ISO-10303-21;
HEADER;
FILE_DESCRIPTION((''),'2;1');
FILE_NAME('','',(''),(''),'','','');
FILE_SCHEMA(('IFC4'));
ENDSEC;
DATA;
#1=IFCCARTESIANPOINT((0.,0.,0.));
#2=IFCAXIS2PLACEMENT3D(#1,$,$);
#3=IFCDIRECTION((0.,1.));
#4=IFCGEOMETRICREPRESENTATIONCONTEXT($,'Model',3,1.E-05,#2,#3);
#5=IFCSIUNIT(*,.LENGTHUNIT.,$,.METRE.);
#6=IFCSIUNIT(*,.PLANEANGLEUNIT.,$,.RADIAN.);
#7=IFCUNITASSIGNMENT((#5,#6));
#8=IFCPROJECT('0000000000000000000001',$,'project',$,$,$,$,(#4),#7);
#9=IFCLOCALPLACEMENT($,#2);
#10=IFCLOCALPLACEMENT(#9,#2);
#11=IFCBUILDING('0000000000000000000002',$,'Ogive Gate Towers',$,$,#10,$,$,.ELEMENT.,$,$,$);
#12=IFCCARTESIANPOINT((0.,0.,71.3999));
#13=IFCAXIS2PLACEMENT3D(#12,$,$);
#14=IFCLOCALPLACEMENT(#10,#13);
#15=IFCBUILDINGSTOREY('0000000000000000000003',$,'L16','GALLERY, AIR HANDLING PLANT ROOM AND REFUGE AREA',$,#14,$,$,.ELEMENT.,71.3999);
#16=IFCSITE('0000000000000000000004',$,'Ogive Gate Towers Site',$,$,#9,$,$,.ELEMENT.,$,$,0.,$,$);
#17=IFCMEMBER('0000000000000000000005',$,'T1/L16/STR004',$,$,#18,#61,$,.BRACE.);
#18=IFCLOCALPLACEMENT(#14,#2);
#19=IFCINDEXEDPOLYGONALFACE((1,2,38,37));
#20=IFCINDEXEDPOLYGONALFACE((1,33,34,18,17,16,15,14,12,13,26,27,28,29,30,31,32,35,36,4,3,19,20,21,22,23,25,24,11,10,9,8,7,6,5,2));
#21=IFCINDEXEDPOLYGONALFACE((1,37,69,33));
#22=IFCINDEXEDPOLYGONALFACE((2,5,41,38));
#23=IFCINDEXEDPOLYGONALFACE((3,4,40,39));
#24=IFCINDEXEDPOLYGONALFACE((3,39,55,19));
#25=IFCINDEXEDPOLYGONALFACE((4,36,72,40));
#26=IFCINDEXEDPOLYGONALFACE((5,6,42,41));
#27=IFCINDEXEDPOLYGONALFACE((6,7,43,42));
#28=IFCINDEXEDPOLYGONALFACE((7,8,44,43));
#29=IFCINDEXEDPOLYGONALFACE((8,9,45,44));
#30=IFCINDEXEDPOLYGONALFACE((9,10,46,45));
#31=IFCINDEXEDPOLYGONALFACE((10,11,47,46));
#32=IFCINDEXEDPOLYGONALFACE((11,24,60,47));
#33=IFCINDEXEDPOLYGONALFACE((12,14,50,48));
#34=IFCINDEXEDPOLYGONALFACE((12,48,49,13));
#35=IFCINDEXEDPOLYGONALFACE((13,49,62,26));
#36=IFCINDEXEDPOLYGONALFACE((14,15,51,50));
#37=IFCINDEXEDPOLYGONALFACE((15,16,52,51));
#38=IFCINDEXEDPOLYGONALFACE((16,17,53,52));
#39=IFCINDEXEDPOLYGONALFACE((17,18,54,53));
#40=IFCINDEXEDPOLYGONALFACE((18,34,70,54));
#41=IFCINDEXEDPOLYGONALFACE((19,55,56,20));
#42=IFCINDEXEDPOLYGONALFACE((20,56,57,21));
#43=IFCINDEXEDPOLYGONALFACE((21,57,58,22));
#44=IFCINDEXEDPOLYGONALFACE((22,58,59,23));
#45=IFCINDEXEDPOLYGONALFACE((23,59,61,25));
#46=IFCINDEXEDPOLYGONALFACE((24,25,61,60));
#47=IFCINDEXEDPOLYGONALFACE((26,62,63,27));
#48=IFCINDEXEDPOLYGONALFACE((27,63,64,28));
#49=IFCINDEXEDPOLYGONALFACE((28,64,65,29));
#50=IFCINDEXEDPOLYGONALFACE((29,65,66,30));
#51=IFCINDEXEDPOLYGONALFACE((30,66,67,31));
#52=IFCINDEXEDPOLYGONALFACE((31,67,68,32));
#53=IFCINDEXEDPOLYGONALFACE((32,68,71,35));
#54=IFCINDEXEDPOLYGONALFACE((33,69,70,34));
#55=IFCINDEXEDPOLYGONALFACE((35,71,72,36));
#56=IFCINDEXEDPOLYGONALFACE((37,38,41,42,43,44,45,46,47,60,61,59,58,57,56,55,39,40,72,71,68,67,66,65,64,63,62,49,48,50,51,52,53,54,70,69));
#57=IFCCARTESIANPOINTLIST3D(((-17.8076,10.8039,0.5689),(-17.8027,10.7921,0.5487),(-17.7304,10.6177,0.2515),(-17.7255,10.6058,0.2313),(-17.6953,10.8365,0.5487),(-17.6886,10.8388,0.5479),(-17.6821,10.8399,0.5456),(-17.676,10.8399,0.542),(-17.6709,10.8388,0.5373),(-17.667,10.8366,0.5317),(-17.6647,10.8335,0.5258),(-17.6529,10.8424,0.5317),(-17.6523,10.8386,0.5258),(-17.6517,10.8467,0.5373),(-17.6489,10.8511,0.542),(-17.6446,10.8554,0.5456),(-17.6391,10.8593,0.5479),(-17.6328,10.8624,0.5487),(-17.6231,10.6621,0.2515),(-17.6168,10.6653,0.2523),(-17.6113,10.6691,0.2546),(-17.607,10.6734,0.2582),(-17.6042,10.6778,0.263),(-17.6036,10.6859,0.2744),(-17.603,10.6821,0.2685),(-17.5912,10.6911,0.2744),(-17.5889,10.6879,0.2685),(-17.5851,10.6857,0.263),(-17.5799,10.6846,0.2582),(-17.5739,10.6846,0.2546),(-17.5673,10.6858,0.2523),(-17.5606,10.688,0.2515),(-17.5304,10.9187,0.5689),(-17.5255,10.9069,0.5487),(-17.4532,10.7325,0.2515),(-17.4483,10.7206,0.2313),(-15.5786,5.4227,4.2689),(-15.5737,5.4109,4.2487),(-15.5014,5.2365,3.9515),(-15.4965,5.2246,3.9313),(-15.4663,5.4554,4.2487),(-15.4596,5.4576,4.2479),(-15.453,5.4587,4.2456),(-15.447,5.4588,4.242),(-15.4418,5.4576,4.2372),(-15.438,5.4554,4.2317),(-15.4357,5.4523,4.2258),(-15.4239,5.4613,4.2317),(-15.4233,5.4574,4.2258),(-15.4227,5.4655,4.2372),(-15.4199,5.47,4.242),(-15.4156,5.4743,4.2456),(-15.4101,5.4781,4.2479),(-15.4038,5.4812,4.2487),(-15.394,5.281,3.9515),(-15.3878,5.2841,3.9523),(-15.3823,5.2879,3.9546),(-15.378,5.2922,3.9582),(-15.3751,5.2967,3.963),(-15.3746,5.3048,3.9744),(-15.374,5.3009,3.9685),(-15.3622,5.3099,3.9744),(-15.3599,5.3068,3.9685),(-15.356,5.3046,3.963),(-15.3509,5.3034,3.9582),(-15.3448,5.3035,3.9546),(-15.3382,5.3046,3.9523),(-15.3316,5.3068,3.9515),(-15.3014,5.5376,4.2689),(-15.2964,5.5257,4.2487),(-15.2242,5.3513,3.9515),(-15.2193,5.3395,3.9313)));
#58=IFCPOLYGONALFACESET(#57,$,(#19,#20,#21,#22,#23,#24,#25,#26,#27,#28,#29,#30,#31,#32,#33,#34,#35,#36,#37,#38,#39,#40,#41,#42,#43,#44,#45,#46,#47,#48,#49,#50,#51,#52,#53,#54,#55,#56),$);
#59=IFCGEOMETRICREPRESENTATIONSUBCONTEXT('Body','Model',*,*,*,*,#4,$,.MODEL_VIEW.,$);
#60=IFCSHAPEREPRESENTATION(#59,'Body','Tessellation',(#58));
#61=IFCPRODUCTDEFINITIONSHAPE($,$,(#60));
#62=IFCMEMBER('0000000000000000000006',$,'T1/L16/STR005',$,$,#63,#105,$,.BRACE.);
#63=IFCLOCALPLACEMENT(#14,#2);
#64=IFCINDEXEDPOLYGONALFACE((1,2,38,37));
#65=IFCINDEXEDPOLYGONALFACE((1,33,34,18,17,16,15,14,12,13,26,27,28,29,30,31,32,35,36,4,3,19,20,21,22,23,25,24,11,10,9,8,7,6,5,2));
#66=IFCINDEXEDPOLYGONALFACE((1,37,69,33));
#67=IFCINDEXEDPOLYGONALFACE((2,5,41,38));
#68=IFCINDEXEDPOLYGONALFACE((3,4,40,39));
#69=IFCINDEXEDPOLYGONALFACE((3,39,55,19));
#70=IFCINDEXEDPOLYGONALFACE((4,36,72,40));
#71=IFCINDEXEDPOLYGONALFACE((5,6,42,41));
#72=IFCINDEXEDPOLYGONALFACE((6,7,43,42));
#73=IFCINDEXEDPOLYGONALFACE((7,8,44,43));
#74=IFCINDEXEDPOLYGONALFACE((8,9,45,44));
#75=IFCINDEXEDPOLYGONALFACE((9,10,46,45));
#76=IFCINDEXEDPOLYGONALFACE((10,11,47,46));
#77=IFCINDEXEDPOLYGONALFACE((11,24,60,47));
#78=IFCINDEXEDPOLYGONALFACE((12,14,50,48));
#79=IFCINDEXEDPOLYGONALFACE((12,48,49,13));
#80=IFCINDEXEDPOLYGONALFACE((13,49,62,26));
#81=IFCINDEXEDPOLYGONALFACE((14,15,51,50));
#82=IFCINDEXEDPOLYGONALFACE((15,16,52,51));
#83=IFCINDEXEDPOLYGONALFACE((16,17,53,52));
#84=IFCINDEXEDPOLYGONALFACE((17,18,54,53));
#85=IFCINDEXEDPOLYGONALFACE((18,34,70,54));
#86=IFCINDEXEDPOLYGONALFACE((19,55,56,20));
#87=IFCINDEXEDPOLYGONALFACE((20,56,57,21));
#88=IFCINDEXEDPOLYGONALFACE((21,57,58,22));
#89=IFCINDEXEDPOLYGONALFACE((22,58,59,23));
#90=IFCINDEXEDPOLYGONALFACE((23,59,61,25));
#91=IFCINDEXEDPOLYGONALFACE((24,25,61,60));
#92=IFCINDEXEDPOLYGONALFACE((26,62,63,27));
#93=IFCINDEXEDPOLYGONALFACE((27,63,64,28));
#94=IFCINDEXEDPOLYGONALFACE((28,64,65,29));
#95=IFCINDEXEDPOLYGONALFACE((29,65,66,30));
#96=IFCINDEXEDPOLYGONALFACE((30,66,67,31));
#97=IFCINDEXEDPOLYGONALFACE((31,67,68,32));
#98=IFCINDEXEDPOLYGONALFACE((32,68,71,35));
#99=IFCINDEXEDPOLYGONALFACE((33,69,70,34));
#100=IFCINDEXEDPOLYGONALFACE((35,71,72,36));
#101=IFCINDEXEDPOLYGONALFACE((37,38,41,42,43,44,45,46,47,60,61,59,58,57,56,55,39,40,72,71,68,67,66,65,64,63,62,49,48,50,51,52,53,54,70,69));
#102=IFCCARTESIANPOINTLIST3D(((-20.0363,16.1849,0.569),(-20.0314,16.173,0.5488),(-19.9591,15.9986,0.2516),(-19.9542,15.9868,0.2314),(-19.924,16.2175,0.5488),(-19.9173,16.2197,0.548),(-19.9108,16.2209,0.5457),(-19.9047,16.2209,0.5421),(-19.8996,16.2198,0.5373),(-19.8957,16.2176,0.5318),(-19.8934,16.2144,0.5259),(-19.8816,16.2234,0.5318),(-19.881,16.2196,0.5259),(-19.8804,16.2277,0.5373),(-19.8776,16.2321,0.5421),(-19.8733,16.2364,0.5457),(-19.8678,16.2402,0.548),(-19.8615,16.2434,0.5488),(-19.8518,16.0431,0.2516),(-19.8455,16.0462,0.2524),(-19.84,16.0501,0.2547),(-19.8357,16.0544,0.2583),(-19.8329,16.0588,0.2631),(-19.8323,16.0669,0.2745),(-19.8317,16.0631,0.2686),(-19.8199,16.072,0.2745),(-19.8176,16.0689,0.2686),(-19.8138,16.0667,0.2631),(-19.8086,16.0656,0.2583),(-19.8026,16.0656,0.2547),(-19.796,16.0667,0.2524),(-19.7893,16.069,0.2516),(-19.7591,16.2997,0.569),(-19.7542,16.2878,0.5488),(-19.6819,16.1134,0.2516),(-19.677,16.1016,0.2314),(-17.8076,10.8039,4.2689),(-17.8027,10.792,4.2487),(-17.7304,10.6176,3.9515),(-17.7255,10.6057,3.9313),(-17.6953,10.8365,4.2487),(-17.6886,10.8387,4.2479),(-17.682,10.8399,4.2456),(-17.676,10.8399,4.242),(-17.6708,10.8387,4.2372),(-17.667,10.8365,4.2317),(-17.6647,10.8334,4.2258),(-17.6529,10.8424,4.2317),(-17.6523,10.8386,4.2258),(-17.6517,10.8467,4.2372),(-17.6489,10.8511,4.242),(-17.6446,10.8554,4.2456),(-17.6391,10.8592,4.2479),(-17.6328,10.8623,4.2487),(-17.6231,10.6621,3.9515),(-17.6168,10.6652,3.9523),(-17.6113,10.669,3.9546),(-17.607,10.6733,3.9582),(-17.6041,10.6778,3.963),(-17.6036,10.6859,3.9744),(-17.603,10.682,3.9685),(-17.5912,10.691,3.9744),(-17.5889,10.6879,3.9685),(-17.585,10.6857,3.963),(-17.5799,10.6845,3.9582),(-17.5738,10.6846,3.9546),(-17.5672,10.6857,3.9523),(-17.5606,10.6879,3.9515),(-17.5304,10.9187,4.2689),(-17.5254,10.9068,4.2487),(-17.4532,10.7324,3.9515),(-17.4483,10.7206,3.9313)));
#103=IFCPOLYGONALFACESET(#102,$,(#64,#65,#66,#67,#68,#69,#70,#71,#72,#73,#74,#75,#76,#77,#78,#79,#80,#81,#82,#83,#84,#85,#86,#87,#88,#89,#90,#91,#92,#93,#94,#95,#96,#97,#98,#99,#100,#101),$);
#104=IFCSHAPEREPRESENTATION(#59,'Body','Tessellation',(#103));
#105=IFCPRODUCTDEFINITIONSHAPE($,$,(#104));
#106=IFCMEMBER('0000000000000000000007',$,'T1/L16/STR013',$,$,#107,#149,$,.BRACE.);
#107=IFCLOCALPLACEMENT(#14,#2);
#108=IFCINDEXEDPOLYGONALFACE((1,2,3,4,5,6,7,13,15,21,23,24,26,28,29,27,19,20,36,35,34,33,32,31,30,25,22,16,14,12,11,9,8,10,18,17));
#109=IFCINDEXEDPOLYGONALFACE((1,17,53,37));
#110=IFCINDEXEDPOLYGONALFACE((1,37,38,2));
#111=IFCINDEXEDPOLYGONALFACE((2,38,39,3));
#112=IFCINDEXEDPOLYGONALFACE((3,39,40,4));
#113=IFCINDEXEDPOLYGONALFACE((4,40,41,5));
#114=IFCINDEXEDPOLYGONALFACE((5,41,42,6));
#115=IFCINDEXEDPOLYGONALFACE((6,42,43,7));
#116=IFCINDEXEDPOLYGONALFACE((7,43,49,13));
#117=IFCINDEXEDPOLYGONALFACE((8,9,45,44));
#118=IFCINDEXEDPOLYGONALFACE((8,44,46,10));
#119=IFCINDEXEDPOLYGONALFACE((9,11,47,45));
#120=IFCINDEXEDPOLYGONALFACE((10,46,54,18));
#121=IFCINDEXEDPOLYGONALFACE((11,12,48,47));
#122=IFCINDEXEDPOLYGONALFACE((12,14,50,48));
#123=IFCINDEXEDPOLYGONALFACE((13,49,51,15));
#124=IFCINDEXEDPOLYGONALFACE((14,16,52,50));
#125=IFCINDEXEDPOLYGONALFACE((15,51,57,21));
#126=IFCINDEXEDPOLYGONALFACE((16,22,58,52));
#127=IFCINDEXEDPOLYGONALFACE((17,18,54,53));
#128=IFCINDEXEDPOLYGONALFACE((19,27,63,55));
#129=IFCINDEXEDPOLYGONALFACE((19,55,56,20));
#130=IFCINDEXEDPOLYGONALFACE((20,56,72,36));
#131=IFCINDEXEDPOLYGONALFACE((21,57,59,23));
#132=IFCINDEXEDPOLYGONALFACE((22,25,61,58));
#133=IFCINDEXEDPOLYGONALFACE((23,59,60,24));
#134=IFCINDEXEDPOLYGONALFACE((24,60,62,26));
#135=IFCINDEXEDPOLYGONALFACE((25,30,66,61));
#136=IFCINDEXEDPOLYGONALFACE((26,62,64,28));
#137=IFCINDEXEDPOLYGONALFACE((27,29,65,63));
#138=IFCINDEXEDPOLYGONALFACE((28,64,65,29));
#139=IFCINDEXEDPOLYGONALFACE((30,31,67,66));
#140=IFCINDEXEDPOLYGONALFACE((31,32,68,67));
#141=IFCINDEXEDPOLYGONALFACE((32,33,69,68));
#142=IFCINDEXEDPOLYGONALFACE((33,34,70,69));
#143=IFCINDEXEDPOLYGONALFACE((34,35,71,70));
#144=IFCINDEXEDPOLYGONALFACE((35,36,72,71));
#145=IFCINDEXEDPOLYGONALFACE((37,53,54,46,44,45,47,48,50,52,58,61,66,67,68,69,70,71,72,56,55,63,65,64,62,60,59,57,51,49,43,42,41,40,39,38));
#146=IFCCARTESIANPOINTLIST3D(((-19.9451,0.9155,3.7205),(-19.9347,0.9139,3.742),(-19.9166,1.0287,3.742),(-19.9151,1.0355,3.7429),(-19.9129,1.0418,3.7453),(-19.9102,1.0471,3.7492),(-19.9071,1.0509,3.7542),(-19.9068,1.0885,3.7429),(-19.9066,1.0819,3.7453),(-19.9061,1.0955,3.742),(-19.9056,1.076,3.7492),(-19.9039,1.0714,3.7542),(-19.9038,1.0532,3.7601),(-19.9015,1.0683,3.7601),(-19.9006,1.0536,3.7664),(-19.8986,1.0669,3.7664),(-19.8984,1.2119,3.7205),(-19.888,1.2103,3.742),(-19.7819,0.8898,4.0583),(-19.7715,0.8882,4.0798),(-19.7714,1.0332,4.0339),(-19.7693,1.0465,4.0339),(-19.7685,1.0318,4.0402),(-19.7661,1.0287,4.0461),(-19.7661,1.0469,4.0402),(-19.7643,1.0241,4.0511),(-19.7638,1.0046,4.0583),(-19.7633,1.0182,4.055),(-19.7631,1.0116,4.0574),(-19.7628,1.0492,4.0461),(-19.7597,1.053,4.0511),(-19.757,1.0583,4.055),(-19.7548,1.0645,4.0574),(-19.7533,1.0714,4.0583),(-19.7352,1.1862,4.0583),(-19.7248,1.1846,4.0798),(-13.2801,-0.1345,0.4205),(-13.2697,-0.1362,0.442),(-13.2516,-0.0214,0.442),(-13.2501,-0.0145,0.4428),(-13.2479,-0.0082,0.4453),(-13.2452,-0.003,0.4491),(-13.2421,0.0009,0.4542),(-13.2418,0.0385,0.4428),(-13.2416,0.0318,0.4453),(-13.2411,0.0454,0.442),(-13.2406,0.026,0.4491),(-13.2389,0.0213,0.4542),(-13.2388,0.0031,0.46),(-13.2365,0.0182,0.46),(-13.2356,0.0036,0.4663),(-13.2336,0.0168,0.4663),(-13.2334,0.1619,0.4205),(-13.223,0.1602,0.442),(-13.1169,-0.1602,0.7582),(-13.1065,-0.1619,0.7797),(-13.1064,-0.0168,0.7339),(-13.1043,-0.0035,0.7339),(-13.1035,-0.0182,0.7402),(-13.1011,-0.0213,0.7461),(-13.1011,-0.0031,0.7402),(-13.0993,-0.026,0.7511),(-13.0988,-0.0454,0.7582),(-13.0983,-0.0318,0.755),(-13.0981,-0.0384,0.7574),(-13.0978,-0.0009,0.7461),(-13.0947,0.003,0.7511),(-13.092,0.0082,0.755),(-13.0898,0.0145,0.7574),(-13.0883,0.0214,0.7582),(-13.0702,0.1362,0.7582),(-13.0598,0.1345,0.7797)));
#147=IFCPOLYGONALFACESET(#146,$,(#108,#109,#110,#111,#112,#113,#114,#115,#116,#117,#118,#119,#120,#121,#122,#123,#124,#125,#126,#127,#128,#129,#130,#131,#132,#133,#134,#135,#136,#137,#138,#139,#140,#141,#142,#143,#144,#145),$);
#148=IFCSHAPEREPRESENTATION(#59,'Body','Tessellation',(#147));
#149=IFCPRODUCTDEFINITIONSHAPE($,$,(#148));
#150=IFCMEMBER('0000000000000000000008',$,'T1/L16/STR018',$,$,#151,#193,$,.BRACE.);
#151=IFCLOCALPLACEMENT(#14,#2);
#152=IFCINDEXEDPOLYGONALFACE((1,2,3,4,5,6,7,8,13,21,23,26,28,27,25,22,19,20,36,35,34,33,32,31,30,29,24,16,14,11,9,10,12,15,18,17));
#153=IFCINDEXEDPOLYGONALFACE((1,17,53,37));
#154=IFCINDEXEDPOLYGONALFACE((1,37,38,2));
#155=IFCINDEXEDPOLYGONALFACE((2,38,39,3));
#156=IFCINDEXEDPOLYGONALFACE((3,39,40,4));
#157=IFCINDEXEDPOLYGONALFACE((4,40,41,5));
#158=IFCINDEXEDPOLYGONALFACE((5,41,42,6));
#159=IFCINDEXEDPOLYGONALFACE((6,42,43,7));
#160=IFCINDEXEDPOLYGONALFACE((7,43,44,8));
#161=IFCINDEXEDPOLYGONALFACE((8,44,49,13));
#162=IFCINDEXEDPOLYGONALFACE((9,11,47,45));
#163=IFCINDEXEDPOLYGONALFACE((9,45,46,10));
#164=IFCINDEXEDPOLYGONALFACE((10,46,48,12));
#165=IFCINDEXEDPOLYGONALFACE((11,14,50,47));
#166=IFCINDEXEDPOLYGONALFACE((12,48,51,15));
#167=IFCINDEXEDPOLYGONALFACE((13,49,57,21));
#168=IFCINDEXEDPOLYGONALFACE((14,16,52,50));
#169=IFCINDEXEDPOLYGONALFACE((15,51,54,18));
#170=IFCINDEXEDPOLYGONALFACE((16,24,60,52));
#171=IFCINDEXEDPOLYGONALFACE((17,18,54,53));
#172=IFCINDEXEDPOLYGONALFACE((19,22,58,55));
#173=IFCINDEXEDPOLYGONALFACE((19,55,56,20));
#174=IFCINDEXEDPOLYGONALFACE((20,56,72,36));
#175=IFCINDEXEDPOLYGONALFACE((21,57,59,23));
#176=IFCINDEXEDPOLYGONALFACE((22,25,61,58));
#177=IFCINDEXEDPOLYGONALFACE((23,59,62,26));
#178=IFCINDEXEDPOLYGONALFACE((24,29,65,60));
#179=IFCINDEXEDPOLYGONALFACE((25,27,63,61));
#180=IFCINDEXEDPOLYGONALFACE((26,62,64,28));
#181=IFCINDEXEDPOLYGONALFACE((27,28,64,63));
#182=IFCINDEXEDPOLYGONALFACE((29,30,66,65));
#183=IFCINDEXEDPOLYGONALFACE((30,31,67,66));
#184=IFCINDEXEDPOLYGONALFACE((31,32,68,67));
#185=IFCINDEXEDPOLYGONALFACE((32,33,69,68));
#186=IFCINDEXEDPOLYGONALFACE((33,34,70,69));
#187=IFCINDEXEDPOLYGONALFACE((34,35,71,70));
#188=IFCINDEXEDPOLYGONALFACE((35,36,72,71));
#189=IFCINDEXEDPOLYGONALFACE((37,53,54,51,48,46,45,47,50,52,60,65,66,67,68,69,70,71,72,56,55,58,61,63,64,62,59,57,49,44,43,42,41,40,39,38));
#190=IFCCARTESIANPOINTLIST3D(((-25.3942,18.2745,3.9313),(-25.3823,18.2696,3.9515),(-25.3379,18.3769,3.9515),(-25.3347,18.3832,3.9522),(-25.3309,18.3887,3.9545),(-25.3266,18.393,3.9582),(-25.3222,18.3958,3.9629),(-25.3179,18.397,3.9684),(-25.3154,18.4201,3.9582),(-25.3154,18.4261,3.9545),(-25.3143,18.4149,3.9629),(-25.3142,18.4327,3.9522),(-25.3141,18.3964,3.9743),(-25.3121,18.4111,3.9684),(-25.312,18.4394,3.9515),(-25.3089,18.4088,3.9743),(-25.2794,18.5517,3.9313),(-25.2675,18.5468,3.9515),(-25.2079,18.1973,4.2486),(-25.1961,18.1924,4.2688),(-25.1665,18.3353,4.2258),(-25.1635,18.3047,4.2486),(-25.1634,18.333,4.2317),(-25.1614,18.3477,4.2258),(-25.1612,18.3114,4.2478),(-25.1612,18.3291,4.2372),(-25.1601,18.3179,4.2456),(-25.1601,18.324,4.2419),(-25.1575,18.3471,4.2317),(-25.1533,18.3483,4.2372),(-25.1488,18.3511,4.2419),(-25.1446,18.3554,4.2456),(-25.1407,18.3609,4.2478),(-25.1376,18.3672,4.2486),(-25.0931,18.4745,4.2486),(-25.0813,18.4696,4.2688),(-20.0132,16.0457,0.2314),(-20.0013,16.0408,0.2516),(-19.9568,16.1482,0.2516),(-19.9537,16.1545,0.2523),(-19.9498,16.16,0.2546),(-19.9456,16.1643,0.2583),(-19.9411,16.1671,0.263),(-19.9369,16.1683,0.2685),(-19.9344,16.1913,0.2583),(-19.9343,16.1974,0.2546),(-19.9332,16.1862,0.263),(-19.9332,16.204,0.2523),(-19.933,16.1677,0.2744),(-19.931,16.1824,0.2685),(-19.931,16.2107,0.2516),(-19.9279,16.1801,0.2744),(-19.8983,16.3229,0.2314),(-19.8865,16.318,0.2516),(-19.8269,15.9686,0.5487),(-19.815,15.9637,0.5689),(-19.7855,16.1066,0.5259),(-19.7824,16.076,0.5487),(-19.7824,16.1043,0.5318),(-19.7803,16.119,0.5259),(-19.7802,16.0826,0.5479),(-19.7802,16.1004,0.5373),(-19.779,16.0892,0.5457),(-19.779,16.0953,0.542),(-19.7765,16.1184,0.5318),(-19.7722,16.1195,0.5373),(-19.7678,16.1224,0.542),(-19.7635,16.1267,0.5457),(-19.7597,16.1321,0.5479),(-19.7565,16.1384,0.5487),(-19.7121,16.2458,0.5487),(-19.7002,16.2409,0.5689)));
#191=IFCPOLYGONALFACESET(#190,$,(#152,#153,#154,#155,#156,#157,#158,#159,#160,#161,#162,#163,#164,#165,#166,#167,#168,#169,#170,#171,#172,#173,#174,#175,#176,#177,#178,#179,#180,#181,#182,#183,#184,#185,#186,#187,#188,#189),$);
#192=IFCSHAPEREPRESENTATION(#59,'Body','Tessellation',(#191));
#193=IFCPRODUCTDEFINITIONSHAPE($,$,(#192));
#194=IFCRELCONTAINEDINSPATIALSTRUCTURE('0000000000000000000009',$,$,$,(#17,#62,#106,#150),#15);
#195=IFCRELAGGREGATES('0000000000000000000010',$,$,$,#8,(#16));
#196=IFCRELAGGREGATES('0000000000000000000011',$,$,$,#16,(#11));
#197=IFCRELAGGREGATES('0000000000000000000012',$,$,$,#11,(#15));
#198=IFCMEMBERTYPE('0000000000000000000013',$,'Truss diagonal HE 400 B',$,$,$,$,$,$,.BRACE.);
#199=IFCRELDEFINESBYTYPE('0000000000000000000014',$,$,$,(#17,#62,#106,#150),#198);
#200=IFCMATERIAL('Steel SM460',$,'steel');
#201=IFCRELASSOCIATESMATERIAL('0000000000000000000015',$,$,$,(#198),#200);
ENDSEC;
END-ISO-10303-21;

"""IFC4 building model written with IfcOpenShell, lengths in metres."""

from ifc_helpers import new_model, si_unit, direction, frame, origin, origin_2d, place, context, subcontext, project, spatial, i_section, extrude, material, material_profile, profile_set, type_object, element, save


model = new_model("IFC4")

# Units and contexts
model_context = context("Model", 3, precision=1e-05, world=origin(), true_north=direction((0.0, 1.0)))
body_context = subcontext(model_context, "Body", "Model", "MODEL_VIEW")
ifc_project = project(units=[si_unit("LENGTHUNIT", "METRE"), si_unit("PLANEANGLEUNIT", "RADIAN")], contexts=[model_context])

# Site, building, storey
site_placement = place(None, origin())
site = spatial("IfcSite", under=ifc_project, at=site_placement, Name="Ogive Gate Towers Site", CompositionType="ELEMENT", RefElevation=0.0)
building_placement = place(site_placement, origin())
building = spatial("IfcBuilding", under=site, at=building_placement, Name="Ogive Gate Towers", CompositionType="ELEMENT")
storey_placement = place(building_placement, frame((0.0, 0.0, 71.3999)))
storey = spatial("IfcBuildingStorey", under=building, at=storey_placement, Name="L16", Description="GALLERY, AIR HANDLING PLANT ROOM AND REFUGE AREA", CompositionType="ELEMENT", Elevation=71.3999)

# Shared definitions
ifc_material_1 = material(Name="Steel SM460", Category="steel")

# Members
ifc_material_profile_1 = material_profile(ifc_material_1, i_section(OverallWidth=0.3, OverallDepth=0.3999, WebThickness=0.0134, FlangeThickness=0.0239, FilletRadius=0.0271, at=origin_2d()), Name="HE 400 B")
ifc_profile_set_1 = profile_set([ifc_material_profile_1], Name="Steel SM460")
member_type_1 = type_object("IfcMemberType", Name="Truss diagonal HE 400 B", PredefinedType="BRACE", material=ifc_profile_set_1)
member_1_placement = place(storey_placement, frame((-15.3989, 5.3811, 4.1001), z_axis=(-0.323029, 0.779834, -0.5362), x_axis=(-0.923875, -0.382695, 0.0)))
element("IfcMember", 1, at=member_1_placement, inside=storey, type_object=member_type_1, Name="T1/L16/STR004", PredefinedType="BRACE", context=body_context, shape_type="SweptSolid", body=[
    extrude(i_section(OverallWidth=0.3, OverallDepth=0.3999, WebThickness=0.0134, FlangeThickness=0.0239, FilletRadius=0.0271, at=origin_2d()), origin(), (0.0, 0.0, 1.0), 6.9004),
])
member_2_placement = place(storey_placement, frame((-17.6279, 10.7622, 4.1001), z_axis=(-0.322998, 0.779843, -0.536206), x_axis=(-0.92389, -0.382659, 0.0)))
element("IfcMember", 2, at=member_2_placement, inside=storey, type_object=member_type_1, Name="T1/L16/STR005", PredefinedType="BRACE", context=body_context, shape_type="SweptSolid", body=[
    extrude(i_section(OverallWidth=0.3, OverallDepth=0.3999, WebThickness=0.0134, FlangeThickness=0.0239, FilletRadius=0.0271, at=origin_2d()), origin(), (0.0, 0.0, 1.0), 6.9001),
])
member_3_placement = place(storey_placement, frame((-19.835, 1.05, 3.9001), z_axis=(0.887366, -0.139801, -0.43936), x_axis=(0.155626, 0.987816, 0.0)))
element("IfcMember", 3, at=member_3_placement, inside=storey, type_object=member_type_1, Name="T1/L16/STR013", PredefinedType="BRACE", context=body_context, shape_type="SweptSolid", body=[
    extrude(i_section(OverallWidth=0.3, OverallDepth=0.3999, WebThickness=0.0134, FlangeThickness=0.0239, FilletRadius=0.0271, at=origin_2d()), origin(), (0.0, 0.0, 1.0), 7.511),
])
member_4_placement = place(storey_placement, frame((-19.8567, 16.1433, 0.4001), z_axis=(-0.779843, 0.322998, 0.536206), x_axis=(-0.382659, -0.92389, 0.0)))
element("IfcMember", 4, at=member_4_placement, inside=storey, type_object=member_type_1, Name="T1/L16/STR018", PredefinedType="BRACE", context=body_context, shape_type="SweptSolid", body=[
    extrude(i_section(OverallWidth=0.3, OverallDepth=0.3999, WebThickness=0.0134, FlangeThickness=0.0239, FilletRadius=0.0271, at=origin_2d()), origin(), (0.0, 0.0, 1.0), 6.9001),
])

save(model, "model.ifc")
